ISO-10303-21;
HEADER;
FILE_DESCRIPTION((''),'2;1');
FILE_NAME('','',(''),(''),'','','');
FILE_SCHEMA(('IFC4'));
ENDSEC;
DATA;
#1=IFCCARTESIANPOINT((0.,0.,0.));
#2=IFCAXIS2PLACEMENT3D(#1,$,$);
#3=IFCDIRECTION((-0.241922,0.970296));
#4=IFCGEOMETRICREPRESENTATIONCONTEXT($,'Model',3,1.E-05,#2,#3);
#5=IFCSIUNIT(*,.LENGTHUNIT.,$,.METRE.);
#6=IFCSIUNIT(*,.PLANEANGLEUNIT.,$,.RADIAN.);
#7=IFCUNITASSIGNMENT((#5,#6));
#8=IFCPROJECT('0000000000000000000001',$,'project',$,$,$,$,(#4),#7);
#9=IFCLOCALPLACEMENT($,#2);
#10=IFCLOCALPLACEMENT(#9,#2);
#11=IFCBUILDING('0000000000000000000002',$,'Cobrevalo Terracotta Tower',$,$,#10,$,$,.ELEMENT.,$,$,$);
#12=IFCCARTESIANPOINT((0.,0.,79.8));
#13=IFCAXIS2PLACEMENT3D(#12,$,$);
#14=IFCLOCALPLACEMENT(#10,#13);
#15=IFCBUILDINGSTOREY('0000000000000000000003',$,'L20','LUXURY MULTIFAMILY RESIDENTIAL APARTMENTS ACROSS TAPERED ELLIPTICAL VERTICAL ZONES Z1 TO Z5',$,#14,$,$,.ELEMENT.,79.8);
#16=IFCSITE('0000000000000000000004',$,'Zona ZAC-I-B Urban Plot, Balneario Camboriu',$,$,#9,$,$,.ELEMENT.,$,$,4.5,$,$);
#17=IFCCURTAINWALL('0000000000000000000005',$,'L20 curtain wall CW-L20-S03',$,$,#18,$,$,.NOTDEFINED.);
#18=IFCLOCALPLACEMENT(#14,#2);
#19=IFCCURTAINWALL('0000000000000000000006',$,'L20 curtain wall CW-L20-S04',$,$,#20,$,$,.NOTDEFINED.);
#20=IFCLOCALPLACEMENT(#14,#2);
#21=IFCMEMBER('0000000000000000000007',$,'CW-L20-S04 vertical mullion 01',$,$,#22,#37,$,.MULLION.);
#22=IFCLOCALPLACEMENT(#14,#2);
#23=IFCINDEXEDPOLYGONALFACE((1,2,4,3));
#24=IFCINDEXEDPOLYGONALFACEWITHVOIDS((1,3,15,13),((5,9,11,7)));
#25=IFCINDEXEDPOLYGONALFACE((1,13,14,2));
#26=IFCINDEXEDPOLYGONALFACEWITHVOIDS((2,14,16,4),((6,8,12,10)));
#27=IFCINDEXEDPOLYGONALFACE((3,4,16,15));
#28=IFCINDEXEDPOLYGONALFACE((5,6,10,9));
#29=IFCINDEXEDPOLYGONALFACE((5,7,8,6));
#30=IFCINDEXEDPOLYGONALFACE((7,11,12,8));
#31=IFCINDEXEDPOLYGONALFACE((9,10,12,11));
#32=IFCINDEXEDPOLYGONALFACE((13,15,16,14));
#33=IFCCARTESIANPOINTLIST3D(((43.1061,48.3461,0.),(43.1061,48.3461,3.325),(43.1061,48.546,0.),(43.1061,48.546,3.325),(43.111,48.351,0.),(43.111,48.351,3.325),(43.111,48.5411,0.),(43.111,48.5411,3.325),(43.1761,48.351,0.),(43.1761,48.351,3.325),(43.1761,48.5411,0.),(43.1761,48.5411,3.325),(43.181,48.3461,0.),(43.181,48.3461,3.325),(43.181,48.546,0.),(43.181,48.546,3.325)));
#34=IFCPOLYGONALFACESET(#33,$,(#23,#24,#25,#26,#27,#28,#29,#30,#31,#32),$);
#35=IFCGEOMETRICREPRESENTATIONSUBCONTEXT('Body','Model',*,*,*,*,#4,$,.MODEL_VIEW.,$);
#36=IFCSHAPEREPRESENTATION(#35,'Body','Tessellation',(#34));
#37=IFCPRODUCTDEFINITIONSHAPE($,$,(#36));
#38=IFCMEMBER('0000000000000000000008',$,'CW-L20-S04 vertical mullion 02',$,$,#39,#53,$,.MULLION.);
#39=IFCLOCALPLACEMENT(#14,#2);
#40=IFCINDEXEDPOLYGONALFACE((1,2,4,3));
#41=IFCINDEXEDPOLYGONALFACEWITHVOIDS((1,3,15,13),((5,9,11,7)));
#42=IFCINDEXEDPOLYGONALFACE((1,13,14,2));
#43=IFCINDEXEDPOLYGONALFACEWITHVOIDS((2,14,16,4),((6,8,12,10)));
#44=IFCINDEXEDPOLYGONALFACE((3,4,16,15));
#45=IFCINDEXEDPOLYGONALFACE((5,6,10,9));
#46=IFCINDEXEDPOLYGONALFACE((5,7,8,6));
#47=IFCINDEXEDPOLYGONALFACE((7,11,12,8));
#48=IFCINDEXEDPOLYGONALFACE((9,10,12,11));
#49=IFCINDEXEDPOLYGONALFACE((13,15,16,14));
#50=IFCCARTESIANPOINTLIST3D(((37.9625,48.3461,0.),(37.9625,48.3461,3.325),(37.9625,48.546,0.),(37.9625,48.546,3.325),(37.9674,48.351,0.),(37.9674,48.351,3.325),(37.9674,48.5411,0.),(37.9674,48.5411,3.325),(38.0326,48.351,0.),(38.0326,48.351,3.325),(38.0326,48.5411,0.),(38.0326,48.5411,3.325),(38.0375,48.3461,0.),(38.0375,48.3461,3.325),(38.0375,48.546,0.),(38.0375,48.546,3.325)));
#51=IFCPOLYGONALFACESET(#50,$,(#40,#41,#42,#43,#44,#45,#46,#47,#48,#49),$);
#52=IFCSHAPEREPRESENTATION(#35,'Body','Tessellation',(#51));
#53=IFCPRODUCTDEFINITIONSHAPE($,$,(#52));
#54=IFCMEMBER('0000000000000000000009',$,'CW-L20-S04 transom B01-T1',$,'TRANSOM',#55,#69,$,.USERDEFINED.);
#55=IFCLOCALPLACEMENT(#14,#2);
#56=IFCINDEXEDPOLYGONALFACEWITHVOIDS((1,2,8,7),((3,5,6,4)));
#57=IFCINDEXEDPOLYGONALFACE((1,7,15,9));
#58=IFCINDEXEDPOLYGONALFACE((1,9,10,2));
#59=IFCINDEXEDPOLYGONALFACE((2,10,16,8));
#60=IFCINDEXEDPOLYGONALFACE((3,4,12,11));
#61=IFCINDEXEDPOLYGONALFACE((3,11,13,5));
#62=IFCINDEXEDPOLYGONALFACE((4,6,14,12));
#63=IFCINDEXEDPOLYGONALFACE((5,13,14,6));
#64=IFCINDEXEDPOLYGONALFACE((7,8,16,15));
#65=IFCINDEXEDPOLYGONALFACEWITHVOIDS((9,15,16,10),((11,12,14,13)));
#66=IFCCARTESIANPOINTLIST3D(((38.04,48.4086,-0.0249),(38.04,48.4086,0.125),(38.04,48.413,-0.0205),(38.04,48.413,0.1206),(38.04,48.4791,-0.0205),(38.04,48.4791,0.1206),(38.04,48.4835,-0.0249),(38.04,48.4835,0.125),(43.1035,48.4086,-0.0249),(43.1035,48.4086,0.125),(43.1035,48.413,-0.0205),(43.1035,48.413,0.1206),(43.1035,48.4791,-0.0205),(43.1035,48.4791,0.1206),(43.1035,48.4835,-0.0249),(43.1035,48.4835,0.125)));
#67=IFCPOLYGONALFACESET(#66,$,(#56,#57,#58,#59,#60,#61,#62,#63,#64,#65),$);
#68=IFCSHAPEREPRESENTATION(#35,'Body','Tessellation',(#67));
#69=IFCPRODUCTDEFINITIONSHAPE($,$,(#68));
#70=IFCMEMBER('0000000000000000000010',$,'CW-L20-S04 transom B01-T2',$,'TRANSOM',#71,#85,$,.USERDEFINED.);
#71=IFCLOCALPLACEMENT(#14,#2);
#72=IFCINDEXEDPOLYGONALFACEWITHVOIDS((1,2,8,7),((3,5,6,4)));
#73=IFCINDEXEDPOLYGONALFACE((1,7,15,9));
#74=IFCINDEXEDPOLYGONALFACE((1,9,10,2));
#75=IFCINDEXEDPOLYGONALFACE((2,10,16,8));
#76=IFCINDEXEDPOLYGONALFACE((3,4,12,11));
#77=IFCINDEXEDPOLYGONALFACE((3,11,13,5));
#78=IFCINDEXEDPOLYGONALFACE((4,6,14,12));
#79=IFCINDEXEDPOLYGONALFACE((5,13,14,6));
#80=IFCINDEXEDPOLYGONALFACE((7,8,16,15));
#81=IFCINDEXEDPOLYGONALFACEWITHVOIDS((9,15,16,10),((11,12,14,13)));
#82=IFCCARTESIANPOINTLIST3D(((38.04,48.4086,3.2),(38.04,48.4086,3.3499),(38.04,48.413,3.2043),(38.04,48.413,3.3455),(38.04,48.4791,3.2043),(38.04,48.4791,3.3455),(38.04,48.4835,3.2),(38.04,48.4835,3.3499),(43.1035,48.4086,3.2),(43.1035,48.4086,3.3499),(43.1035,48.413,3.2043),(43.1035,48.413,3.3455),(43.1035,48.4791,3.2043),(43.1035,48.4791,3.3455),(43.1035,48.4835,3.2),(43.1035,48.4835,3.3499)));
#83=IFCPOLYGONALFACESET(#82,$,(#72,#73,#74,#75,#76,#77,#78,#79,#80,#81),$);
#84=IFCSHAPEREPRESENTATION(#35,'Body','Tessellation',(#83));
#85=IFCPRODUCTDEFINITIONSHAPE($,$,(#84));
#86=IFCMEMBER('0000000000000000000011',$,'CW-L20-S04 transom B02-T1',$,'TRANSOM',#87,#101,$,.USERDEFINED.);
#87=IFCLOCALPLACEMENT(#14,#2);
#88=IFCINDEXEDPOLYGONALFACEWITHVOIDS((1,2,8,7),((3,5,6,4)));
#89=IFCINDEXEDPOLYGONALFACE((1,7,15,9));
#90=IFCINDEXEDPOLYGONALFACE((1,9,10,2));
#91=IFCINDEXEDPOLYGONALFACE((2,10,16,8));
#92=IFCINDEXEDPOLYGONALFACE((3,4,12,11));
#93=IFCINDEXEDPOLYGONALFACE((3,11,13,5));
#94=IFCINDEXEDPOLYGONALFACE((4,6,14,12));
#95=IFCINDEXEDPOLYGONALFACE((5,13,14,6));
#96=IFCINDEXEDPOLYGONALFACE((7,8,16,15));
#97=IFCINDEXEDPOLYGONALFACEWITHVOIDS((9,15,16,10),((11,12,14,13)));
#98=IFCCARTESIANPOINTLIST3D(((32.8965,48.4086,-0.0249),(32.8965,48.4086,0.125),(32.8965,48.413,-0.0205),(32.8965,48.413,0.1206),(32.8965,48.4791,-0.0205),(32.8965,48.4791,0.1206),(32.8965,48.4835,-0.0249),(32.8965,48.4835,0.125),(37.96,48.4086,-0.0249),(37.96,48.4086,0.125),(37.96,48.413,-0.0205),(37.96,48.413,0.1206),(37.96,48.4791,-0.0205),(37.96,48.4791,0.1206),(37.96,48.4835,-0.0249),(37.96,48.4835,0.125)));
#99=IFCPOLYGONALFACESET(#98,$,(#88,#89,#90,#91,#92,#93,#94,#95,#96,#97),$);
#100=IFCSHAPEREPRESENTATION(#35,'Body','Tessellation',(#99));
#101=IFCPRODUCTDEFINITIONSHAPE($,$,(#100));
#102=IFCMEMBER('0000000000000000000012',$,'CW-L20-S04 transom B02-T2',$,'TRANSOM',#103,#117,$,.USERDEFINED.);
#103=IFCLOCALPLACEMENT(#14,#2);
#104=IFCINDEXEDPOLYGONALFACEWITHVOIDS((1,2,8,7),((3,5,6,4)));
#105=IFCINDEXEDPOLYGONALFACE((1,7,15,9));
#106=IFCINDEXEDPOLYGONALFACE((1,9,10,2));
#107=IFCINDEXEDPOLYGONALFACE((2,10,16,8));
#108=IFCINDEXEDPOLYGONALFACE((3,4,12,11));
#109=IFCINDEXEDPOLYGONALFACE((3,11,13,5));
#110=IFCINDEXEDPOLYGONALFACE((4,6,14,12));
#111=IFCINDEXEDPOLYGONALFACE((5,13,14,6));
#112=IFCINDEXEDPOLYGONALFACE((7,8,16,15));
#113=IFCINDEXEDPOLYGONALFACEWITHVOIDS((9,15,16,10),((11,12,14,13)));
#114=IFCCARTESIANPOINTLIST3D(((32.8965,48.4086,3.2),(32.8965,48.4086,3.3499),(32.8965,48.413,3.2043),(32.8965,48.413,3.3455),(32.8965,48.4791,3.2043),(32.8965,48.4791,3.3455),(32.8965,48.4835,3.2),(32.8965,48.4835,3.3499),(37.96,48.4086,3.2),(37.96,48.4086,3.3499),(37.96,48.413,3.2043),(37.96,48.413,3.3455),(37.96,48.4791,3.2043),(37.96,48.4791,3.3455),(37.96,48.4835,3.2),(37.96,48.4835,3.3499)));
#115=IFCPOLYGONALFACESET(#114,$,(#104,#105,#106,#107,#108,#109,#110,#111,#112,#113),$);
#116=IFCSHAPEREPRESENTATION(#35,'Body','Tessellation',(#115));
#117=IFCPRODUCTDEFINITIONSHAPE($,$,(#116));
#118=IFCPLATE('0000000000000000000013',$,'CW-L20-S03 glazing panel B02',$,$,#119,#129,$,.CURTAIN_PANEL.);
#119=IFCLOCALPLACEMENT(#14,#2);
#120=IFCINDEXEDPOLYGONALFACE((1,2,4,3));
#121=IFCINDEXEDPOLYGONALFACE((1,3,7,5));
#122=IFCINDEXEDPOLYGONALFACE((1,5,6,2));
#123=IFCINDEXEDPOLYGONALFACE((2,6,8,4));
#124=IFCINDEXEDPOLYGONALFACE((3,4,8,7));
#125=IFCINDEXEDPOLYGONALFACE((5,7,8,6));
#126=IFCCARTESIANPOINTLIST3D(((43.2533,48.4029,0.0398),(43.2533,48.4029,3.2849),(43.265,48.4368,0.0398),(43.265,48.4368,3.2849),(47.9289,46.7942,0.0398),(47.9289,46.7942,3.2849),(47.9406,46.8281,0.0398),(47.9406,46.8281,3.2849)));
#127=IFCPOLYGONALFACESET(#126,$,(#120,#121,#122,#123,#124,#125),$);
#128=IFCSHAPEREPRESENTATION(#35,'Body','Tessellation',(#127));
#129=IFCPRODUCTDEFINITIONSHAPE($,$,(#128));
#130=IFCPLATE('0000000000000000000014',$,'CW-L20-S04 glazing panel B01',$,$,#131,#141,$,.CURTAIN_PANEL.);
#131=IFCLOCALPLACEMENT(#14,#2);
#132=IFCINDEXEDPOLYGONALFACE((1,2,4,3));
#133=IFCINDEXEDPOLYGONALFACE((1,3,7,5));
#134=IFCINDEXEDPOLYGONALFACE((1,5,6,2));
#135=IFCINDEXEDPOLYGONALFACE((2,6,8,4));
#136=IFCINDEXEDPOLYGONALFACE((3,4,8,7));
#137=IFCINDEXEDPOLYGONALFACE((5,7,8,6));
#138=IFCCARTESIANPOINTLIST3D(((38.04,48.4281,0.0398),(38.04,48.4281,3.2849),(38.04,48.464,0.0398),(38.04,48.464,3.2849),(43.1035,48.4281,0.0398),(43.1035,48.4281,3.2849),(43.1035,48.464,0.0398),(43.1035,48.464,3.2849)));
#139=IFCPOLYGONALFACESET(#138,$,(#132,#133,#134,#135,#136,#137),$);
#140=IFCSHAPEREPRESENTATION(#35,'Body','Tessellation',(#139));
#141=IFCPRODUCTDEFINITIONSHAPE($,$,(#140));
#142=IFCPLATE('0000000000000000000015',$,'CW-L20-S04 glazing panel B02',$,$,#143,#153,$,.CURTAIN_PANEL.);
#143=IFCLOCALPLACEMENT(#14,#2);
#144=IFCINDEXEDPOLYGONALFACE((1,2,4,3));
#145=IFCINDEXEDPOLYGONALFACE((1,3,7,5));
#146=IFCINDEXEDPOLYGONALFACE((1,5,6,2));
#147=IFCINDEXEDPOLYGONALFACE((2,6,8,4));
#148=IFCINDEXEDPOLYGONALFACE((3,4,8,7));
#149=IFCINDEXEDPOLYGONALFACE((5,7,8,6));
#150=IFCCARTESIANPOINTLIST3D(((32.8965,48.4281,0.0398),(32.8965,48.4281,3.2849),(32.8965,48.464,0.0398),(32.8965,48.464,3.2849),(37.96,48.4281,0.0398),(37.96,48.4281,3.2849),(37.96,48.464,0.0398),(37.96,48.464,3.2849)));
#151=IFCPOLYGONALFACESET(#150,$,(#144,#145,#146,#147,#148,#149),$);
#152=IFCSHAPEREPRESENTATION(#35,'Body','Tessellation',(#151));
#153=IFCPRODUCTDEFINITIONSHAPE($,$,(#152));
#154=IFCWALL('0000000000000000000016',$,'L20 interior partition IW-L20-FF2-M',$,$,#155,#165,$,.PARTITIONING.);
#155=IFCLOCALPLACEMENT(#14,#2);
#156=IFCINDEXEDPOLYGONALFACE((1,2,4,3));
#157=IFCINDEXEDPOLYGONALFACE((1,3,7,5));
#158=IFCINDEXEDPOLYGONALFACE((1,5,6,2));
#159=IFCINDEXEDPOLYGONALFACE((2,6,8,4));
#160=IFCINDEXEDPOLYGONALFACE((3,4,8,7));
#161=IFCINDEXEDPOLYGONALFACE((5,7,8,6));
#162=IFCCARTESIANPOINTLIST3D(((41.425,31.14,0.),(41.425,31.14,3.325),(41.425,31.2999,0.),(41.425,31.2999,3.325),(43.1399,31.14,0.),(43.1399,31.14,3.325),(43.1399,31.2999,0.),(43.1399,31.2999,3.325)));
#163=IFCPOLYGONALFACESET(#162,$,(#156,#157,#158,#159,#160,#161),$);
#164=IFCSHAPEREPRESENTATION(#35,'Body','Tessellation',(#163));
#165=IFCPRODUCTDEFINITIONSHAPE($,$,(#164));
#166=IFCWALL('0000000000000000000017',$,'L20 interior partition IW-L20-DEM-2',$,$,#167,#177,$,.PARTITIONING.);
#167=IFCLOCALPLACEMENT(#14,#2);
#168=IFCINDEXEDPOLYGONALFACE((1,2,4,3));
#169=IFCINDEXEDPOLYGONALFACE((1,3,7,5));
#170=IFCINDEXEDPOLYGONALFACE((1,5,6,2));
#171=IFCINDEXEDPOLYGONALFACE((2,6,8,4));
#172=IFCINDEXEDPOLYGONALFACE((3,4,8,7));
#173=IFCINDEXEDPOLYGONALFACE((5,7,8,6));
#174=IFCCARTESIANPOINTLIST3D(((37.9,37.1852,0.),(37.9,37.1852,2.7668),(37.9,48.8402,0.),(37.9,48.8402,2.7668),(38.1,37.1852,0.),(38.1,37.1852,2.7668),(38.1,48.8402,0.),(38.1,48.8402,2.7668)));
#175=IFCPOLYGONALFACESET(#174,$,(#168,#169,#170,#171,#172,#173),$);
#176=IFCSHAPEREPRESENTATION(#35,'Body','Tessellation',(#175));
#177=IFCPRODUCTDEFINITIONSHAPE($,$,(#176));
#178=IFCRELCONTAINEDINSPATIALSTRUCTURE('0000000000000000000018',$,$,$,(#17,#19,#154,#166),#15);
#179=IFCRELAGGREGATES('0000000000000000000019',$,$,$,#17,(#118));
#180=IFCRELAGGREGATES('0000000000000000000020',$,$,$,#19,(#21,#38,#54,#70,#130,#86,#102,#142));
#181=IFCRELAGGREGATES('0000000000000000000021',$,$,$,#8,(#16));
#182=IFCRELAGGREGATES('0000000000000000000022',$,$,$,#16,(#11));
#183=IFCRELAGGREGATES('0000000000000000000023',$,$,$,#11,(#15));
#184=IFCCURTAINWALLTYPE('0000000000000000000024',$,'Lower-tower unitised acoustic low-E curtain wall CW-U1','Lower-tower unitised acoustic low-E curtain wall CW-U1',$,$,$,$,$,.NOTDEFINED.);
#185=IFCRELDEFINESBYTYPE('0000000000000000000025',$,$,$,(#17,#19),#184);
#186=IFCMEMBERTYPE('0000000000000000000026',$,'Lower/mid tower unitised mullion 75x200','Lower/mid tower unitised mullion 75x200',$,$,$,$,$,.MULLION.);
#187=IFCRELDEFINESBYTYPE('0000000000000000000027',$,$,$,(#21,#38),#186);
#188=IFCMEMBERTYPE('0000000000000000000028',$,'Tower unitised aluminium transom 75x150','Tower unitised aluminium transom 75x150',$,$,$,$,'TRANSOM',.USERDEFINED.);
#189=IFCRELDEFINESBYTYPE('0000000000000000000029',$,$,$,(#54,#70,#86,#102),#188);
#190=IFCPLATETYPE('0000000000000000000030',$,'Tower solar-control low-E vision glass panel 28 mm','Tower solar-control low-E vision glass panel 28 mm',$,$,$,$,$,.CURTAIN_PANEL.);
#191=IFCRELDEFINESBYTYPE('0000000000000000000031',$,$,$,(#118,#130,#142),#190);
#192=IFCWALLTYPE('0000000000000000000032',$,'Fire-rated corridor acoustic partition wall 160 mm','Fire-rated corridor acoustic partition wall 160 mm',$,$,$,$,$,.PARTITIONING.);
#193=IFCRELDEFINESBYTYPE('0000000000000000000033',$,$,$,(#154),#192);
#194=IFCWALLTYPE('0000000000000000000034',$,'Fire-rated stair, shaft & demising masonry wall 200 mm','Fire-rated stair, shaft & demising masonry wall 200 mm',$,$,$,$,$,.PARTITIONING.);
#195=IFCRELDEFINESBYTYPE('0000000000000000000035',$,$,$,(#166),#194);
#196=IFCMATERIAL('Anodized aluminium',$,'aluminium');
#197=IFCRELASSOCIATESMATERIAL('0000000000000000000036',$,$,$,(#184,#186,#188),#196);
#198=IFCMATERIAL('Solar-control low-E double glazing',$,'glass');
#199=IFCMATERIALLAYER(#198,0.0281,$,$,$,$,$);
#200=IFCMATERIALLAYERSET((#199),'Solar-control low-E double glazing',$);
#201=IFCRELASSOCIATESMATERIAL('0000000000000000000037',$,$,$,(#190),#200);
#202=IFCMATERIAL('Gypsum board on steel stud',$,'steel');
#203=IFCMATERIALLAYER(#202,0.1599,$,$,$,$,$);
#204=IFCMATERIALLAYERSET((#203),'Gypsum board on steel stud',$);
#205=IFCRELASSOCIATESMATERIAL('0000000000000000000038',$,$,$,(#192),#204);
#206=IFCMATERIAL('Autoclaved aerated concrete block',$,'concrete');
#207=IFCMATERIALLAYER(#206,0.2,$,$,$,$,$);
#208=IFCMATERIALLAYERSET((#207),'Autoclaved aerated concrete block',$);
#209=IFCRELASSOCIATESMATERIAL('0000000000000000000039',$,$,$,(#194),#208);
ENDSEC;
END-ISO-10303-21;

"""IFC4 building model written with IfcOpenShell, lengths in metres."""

from ifc_helpers import new_model, si_unit, direction, frame, frame_2d, origin, origin_2d, place, context, subcontext, project, spatial, rectangle, hollow_rectangle, extrude, source, transform, mapped, material, layer, layer_set, material_profile, profile_set, type_object, element, aggregate, save


model = new_model("IFC4")

# Units and contexts
model_context = context("Model", 3, precision=1e-05, world=origin(), true_north=direction((-0.241922, 0.970296)))
body_context = subcontext(model_context, "Body", "Model", "MODEL_VIEW")
ifc_project = project(units=[si_unit("LENGTHUNIT", "METRE"), si_unit("PLANEANGLEUNIT", "RADIAN")], contexts=[model_context])

# Site, building, storey
site_placement = place(None, origin())
site = spatial("IfcSite", under=ifc_project, at=site_placement, Name="Zona ZAC-I-B Urban Plot, Balneario Camboriu", CompositionType="ELEMENT", RefElevation=4.5)
building_placement = place(site_placement, origin())
building = spatial("IfcBuilding", under=site, at=building_placement, Name="Cobrevalo Terracotta Tower", CompositionType="ELEMENT")
storey_placement = place(building_placement, frame((0.0, 0.0, 79.8)))
storey = spatial("IfcBuildingStorey", under=building, at=storey_placement, Name="L20", Description="LUXURY MULTIFAMILY RESIDENTIAL APARTMENTS ACROSS TAPERED ELLIPTICAL VERTICAL ZONES Z1 TO Z5", CompositionType="ELEMENT", Elevation=79.8)

# Curtain wall
ifc_material_1 = material(Name="Anodized aluminium", Category="aluminium")
curtain_wall_type = type_object("IfcCurtainWallType", Name="Lower-tower unitised acoustic low-E curtain wall CW-U1", Description="Lower-tower unitised acoustic low-E curtain wall CW-U1", PredefinedType="NOTDEFINED", material=ifc_material_1)
curtain_wall_1_placement = place(storey_placement, origin())
curtain_wall_1 = element("IfcCurtainWall", 1, at=curtain_wall_1_placement, inside=storey, type_object=curtain_wall_type, Name="L20 curtain wall CW-L20-S03", PredefinedType="NOTDEFINED")
ifc_material_profile_1 = material_profile(ifc_material_1, hollow_rectangle(XDim=0.075, YDim=0.2, WallThickness=0.0049, at=origin_2d()), Name="CWM 75x200")
ifc_profile_set_1 = profile_set([ifc_material_profile_1], Name="Anodized aluminium")
member_type_1 = type_object("IfcMemberType", Name="Lower/mid tower unitised mullion 75x200", Description="Lower/mid tower unitised mullion 75x200", PredefinedType="MULLION", material=ifc_profile_set_1)
shared_shape_1 = source(origin(), body_context, "Body", "SweptSolid", [
    extrude(hollow_rectangle(XDim=0.075, YDim=0.2, WallThickness=0.0049, at=origin_2d()), origin(), (0.0, 0.0, 1.0), 3.325),
])

# Curtain wall, members
curtain_wall_2_placement = place(storey_placement, origin())
curtain_wall_2 = element("IfcCurtainWall", 2, at=curtain_wall_2_placement, inside=storey, type_object=curtain_wall_type, Name="L20 curtain wall CW-L20-S04", PredefinedType="NOTDEFINED")
member_1_placement = place(storey_placement, frame((43.1436, 48.446, 0.0), z_axis=(0.0, 0.0, 1.0), x_axis=(-1.0, 0.0, 0.0)))
member_1 = element("IfcMember", 3, at=member_1_placement, type_object=member_type_1, Name="CW-L20-S04 vertical mullion 01", PredefinedType="MULLION", context=body_context, shape_type="MappedRepresentation", body=[
    mapped(shared_shape_1, transform((0.0, 0.0, 0.0), scale=1.0)),
])
member_2_placement = place(storey_placement, frame((38.0, 48.446, 0.0), z_axis=(0.0, 0.0, 1.0), x_axis=(-1.0, 0.0, 0.0)))
member_2 = element("IfcMember", 4, at=member_2_placement, type_object=member_type_1, Name="CW-L20-S04 vertical mullion 02", PredefinedType="MULLION", context=body_context, shape_type="MappedRepresentation", body=[
    mapped(shared_shape_1, transform((0.0, 0.0, 0.0), scale=1.0)),
])
ifc_material_profile_2 = material_profile(ifc_material_1, hollow_rectangle(XDim=0.075, YDim=0.1499, WallThickness=0.0044, at=origin_2d()), Name="CWT 75x150")
ifc_profile_set_2 = profile_set([ifc_material_profile_2], Name="Anodized aluminium")
member_type_2 = type_object("IfcMemberType", Name="Tower unitised aluminium transom 75x150", Description="Tower unitised aluminium transom 75x150", ElementType="TRANSOM", PredefinedType="USERDEFINED", material=ifc_profile_set_2)
shared_shape_2 = source(origin(), body_context, "Body", "SweptSolid", [
    extrude(hollow_rectangle(XDim=0.075, YDim=0.1499, WallThickness=0.0044, at=origin_2d()), origin(), (0.0, 0.0, 1.0), 5.0635),
])
member_3_placement = place(storey_placement, frame((43.1035, 48.446, 0.05), z_axis=(-1.0, 0.0, 0.0), x_axis=(0.0, -1.0, 0.0)))
member_3 = element("IfcMember", 5, at=member_3_placement, type_object=member_type_2, Name="CW-L20-S04 transom B01-T1", ObjectType="TRANSOM", PredefinedType="USERDEFINED", context=body_context, shape_type="MappedRepresentation", body=[
    mapped(shared_shape_2, transform((0.0, 0.0, 0.0), scale=1.0)),
])
member_4_placement = place(storey_placement, frame((43.1035, 48.446, 3.2749), z_axis=(-1.0, 0.0, 0.0), x_axis=(0.0, -1.0, 0.0)))
member_4 = element("IfcMember", 6, at=member_4_placement, type_object=member_type_2, Name="CW-L20-S04 transom B01-T2", ObjectType="TRANSOM", PredefinedType="USERDEFINED", context=body_context, shape_type="MappedRepresentation", body=[
    mapped(shared_shape_2, transform((0.0, 0.0, 0.0), scale=1.0)),
])
member_5_placement = place(storey_placement, frame((37.96, 48.446, 0.05), z_axis=(-1.0, 0.0, 0.0), x_axis=(0.0, -1.0, 0.0)))
member_5 = element("IfcMember", 7, at=member_5_placement, type_object=member_type_2, Name="CW-L20-S04 transom B02-T1", ObjectType="TRANSOM", PredefinedType="USERDEFINED", context=body_context, shape_type="MappedRepresentation", body=[
    mapped(shared_shape_2, transform((0.0, 0.0, 0.0), scale=1.0)),
])
member_6_placement = place(storey_placement, frame((37.96, 48.446, 3.2749), z_axis=(-1.0, 0.0, 0.0), x_axis=(0.0, -1.0, 0.0)))
member_6 = element("IfcMember", 8, at=member_6_placement, type_object=member_type_2, Name="CW-L20-S04 transom B02-T2", ObjectType="TRANSOM", PredefinedType="USERDEFINED", context=body_context, shape_type="MappedRepresentation", body=[
    mapped(shared_shape_2, transform((0.0, 0.0, 0.0), scale=1.0)),
])

# Plates
ifc_material_2 = material(Name="Solar-control low-E double glazing", Category="glass")
ifc_layer_1 = layer(ifc_material_2, 0.0281)
ifc_layer_set_1 = layer_set([ifc_layer_1], Name="Solar-control low-E double glazing")
plate_type = type_object("IfcPlateType", Name="Tower solar-control low-E vision glass panel 28 mm", Description="Tower solar-control low-E vision glass panel 28 mm", PredefinedType="CURTAIN_PANEL", material=ifc_layer_set_1)
shared_shape_3 = source(origin(), body_context, "Body", "SweptSolid", [
    extrude(rectangle(XDim=4.9446, YDim=0.0359, at=origin_2d()), origin(), (0.0, 0.0, 1.0), 3.2451),
])
plate_1_placement = place(storey_placement, frame((45.5969, 47.6155, 0.0398), z_axis=(0.0, 0.0, 1.0), x_axis=(-0.945596, 0.325342, 0.0)))
plate_1 = element("IfcPlate", 9, at=plate_1_placement, type_object=plate_type, Name="CW-L20-S03 glazing panel B02", PredefinedType="CURTAIN_PANEL", context=body_context, shape_type="MappedRepresentation", body=[
    mapped(shared_shape_3, transform((0.0, 0.0, 0.0), scale=1.0)),
])
aggregate(curtain_wall_1, [plate_1])
shared_shape_4 = source(origin(), body_context, "Body", "SweptSolid", [
    extrude(rectangle(XDim=5.0635, YDim=0.0359, at=origin_2d()), origin(), (0.0, 0.0, 1.0), 3.2451),
])
plate_2_placement = place(storey_placement, frame((40.5718, 48.446, 0.0398), z_axis=(0.0, 0.0, 1.0), x_axis=(-1.0, 0.0, 0.0)))
plate_2 = element("IfcPlate", 10, at=plate_2_placement, type_object=plate_type, Name="CW-L20-S04 glazing panel B01", PredefinedType="CURTAIN_PANEL", context=body_context, shape_type="MappedRepresentation", body=[
    mapped(shared_shape_4, transform((0.0, 0.0, 0.0), scale=1.0)),
])
plate_3_placement = place(storey_placement, frame((35.4282, 48.446, 0.0398), z_axis=(0.0, 0.0, 1.0), x_axis=(-1.0, 0.0, 0.0)))
plate_3 = element("IfcPlate", 11, at=plate_3_placement, type_object=plate_type, Name="CW-L20-S04 glazing panel B02", PredefinedType="CURTAIN_PANEL", context=body_context, shape_type="MappedRepresentation", body=[
    mapped(shared_shape_4, transform((0.0, 0.0, 0.0), scale=1.0)),
])
aggregate(curtain_wall_2, [member_1, member_2, member_3, member_4, plate_2, member_5, member_6, plate_3])

# Walls
ifc_material_3 = material(Name="Gypsum board on steel stud", Category="steel")
ifc_layer_2 = layer(ifc_material_3, 0.1599)
ifc_layer_set_2 = layer_set([ifc_layer_2], Name="Gypsum board on steel stud")
wall_type_1 = type_object("IfcWallType", Name="Fire-rated corridor acoustic partition wall 160 mm", Description="Fire-rated corridor acoustic partition wall 160 mm", PredefinedType="PARTITIONING", material=ifc_layer_set_2)
wall_1_placement = place(storey_placement, frame((41.425, 31.22, 0.0), z_axis=(0.0, 0.0, 1.0), x_axis=(1.0, 0.0, 0.0)))
element("IfcWall", 12, at=wall_1_placement, inside=storey, type_object=wall_type_1, Name="L20 interior partition IW-L20-FF2-M", PredefinedType="PARTITIONING", context=body_context, shape_type="SweptSolid", body=[
    extrude(rectangle(XDim=1.7148, YDim=0.1599, at=frame_2d((0.8574, 0.0))), origin(), (0.0, 0.0, 1.0), 3.325),
])
ifc_material_4 = material(Name="Autoclaved aerated concrete block", Category="concrete")
ifc_layer_3 = layer(ifc_material_4, 0.2)
ifc_layer_set_3 = layer_set([ifc_layer_3], Name="Autoclaved aerated concrete block")
wall_type_2 = type_object("IfcWallType", Name="Fire-rated stair, shaft & demising masonry wall 200 mm", Description="Fire-rated stair, shaft & demising masonry wall 200 mm", PredefinedType="PARTITIONING", material=ifc_layer_set_3)
wall_2_placement = place(storey_placement, frame((38.0, 37.1851, 0.0), z_axis=(0.0, 0.0, 1.0), x_axis=(0.0, 1.0, 0.0)))
element("IfcWall", 13, at=wall_2_placement, inside=storey, type_object=wall_type_2, Name="L20 interior partition IW-L20-DEM-2", PredefinedType="PARTITIONING", context=body_context, shape_type="SweptSolid", body=[
    extrude(rectangle(XDim=11.655, YDim=0.2, at=frame_2d((5.8276, 0.0))), origin(), (0.0, 0.0, 1.0), 2.7668),
])

save(model, "model.ifc")
